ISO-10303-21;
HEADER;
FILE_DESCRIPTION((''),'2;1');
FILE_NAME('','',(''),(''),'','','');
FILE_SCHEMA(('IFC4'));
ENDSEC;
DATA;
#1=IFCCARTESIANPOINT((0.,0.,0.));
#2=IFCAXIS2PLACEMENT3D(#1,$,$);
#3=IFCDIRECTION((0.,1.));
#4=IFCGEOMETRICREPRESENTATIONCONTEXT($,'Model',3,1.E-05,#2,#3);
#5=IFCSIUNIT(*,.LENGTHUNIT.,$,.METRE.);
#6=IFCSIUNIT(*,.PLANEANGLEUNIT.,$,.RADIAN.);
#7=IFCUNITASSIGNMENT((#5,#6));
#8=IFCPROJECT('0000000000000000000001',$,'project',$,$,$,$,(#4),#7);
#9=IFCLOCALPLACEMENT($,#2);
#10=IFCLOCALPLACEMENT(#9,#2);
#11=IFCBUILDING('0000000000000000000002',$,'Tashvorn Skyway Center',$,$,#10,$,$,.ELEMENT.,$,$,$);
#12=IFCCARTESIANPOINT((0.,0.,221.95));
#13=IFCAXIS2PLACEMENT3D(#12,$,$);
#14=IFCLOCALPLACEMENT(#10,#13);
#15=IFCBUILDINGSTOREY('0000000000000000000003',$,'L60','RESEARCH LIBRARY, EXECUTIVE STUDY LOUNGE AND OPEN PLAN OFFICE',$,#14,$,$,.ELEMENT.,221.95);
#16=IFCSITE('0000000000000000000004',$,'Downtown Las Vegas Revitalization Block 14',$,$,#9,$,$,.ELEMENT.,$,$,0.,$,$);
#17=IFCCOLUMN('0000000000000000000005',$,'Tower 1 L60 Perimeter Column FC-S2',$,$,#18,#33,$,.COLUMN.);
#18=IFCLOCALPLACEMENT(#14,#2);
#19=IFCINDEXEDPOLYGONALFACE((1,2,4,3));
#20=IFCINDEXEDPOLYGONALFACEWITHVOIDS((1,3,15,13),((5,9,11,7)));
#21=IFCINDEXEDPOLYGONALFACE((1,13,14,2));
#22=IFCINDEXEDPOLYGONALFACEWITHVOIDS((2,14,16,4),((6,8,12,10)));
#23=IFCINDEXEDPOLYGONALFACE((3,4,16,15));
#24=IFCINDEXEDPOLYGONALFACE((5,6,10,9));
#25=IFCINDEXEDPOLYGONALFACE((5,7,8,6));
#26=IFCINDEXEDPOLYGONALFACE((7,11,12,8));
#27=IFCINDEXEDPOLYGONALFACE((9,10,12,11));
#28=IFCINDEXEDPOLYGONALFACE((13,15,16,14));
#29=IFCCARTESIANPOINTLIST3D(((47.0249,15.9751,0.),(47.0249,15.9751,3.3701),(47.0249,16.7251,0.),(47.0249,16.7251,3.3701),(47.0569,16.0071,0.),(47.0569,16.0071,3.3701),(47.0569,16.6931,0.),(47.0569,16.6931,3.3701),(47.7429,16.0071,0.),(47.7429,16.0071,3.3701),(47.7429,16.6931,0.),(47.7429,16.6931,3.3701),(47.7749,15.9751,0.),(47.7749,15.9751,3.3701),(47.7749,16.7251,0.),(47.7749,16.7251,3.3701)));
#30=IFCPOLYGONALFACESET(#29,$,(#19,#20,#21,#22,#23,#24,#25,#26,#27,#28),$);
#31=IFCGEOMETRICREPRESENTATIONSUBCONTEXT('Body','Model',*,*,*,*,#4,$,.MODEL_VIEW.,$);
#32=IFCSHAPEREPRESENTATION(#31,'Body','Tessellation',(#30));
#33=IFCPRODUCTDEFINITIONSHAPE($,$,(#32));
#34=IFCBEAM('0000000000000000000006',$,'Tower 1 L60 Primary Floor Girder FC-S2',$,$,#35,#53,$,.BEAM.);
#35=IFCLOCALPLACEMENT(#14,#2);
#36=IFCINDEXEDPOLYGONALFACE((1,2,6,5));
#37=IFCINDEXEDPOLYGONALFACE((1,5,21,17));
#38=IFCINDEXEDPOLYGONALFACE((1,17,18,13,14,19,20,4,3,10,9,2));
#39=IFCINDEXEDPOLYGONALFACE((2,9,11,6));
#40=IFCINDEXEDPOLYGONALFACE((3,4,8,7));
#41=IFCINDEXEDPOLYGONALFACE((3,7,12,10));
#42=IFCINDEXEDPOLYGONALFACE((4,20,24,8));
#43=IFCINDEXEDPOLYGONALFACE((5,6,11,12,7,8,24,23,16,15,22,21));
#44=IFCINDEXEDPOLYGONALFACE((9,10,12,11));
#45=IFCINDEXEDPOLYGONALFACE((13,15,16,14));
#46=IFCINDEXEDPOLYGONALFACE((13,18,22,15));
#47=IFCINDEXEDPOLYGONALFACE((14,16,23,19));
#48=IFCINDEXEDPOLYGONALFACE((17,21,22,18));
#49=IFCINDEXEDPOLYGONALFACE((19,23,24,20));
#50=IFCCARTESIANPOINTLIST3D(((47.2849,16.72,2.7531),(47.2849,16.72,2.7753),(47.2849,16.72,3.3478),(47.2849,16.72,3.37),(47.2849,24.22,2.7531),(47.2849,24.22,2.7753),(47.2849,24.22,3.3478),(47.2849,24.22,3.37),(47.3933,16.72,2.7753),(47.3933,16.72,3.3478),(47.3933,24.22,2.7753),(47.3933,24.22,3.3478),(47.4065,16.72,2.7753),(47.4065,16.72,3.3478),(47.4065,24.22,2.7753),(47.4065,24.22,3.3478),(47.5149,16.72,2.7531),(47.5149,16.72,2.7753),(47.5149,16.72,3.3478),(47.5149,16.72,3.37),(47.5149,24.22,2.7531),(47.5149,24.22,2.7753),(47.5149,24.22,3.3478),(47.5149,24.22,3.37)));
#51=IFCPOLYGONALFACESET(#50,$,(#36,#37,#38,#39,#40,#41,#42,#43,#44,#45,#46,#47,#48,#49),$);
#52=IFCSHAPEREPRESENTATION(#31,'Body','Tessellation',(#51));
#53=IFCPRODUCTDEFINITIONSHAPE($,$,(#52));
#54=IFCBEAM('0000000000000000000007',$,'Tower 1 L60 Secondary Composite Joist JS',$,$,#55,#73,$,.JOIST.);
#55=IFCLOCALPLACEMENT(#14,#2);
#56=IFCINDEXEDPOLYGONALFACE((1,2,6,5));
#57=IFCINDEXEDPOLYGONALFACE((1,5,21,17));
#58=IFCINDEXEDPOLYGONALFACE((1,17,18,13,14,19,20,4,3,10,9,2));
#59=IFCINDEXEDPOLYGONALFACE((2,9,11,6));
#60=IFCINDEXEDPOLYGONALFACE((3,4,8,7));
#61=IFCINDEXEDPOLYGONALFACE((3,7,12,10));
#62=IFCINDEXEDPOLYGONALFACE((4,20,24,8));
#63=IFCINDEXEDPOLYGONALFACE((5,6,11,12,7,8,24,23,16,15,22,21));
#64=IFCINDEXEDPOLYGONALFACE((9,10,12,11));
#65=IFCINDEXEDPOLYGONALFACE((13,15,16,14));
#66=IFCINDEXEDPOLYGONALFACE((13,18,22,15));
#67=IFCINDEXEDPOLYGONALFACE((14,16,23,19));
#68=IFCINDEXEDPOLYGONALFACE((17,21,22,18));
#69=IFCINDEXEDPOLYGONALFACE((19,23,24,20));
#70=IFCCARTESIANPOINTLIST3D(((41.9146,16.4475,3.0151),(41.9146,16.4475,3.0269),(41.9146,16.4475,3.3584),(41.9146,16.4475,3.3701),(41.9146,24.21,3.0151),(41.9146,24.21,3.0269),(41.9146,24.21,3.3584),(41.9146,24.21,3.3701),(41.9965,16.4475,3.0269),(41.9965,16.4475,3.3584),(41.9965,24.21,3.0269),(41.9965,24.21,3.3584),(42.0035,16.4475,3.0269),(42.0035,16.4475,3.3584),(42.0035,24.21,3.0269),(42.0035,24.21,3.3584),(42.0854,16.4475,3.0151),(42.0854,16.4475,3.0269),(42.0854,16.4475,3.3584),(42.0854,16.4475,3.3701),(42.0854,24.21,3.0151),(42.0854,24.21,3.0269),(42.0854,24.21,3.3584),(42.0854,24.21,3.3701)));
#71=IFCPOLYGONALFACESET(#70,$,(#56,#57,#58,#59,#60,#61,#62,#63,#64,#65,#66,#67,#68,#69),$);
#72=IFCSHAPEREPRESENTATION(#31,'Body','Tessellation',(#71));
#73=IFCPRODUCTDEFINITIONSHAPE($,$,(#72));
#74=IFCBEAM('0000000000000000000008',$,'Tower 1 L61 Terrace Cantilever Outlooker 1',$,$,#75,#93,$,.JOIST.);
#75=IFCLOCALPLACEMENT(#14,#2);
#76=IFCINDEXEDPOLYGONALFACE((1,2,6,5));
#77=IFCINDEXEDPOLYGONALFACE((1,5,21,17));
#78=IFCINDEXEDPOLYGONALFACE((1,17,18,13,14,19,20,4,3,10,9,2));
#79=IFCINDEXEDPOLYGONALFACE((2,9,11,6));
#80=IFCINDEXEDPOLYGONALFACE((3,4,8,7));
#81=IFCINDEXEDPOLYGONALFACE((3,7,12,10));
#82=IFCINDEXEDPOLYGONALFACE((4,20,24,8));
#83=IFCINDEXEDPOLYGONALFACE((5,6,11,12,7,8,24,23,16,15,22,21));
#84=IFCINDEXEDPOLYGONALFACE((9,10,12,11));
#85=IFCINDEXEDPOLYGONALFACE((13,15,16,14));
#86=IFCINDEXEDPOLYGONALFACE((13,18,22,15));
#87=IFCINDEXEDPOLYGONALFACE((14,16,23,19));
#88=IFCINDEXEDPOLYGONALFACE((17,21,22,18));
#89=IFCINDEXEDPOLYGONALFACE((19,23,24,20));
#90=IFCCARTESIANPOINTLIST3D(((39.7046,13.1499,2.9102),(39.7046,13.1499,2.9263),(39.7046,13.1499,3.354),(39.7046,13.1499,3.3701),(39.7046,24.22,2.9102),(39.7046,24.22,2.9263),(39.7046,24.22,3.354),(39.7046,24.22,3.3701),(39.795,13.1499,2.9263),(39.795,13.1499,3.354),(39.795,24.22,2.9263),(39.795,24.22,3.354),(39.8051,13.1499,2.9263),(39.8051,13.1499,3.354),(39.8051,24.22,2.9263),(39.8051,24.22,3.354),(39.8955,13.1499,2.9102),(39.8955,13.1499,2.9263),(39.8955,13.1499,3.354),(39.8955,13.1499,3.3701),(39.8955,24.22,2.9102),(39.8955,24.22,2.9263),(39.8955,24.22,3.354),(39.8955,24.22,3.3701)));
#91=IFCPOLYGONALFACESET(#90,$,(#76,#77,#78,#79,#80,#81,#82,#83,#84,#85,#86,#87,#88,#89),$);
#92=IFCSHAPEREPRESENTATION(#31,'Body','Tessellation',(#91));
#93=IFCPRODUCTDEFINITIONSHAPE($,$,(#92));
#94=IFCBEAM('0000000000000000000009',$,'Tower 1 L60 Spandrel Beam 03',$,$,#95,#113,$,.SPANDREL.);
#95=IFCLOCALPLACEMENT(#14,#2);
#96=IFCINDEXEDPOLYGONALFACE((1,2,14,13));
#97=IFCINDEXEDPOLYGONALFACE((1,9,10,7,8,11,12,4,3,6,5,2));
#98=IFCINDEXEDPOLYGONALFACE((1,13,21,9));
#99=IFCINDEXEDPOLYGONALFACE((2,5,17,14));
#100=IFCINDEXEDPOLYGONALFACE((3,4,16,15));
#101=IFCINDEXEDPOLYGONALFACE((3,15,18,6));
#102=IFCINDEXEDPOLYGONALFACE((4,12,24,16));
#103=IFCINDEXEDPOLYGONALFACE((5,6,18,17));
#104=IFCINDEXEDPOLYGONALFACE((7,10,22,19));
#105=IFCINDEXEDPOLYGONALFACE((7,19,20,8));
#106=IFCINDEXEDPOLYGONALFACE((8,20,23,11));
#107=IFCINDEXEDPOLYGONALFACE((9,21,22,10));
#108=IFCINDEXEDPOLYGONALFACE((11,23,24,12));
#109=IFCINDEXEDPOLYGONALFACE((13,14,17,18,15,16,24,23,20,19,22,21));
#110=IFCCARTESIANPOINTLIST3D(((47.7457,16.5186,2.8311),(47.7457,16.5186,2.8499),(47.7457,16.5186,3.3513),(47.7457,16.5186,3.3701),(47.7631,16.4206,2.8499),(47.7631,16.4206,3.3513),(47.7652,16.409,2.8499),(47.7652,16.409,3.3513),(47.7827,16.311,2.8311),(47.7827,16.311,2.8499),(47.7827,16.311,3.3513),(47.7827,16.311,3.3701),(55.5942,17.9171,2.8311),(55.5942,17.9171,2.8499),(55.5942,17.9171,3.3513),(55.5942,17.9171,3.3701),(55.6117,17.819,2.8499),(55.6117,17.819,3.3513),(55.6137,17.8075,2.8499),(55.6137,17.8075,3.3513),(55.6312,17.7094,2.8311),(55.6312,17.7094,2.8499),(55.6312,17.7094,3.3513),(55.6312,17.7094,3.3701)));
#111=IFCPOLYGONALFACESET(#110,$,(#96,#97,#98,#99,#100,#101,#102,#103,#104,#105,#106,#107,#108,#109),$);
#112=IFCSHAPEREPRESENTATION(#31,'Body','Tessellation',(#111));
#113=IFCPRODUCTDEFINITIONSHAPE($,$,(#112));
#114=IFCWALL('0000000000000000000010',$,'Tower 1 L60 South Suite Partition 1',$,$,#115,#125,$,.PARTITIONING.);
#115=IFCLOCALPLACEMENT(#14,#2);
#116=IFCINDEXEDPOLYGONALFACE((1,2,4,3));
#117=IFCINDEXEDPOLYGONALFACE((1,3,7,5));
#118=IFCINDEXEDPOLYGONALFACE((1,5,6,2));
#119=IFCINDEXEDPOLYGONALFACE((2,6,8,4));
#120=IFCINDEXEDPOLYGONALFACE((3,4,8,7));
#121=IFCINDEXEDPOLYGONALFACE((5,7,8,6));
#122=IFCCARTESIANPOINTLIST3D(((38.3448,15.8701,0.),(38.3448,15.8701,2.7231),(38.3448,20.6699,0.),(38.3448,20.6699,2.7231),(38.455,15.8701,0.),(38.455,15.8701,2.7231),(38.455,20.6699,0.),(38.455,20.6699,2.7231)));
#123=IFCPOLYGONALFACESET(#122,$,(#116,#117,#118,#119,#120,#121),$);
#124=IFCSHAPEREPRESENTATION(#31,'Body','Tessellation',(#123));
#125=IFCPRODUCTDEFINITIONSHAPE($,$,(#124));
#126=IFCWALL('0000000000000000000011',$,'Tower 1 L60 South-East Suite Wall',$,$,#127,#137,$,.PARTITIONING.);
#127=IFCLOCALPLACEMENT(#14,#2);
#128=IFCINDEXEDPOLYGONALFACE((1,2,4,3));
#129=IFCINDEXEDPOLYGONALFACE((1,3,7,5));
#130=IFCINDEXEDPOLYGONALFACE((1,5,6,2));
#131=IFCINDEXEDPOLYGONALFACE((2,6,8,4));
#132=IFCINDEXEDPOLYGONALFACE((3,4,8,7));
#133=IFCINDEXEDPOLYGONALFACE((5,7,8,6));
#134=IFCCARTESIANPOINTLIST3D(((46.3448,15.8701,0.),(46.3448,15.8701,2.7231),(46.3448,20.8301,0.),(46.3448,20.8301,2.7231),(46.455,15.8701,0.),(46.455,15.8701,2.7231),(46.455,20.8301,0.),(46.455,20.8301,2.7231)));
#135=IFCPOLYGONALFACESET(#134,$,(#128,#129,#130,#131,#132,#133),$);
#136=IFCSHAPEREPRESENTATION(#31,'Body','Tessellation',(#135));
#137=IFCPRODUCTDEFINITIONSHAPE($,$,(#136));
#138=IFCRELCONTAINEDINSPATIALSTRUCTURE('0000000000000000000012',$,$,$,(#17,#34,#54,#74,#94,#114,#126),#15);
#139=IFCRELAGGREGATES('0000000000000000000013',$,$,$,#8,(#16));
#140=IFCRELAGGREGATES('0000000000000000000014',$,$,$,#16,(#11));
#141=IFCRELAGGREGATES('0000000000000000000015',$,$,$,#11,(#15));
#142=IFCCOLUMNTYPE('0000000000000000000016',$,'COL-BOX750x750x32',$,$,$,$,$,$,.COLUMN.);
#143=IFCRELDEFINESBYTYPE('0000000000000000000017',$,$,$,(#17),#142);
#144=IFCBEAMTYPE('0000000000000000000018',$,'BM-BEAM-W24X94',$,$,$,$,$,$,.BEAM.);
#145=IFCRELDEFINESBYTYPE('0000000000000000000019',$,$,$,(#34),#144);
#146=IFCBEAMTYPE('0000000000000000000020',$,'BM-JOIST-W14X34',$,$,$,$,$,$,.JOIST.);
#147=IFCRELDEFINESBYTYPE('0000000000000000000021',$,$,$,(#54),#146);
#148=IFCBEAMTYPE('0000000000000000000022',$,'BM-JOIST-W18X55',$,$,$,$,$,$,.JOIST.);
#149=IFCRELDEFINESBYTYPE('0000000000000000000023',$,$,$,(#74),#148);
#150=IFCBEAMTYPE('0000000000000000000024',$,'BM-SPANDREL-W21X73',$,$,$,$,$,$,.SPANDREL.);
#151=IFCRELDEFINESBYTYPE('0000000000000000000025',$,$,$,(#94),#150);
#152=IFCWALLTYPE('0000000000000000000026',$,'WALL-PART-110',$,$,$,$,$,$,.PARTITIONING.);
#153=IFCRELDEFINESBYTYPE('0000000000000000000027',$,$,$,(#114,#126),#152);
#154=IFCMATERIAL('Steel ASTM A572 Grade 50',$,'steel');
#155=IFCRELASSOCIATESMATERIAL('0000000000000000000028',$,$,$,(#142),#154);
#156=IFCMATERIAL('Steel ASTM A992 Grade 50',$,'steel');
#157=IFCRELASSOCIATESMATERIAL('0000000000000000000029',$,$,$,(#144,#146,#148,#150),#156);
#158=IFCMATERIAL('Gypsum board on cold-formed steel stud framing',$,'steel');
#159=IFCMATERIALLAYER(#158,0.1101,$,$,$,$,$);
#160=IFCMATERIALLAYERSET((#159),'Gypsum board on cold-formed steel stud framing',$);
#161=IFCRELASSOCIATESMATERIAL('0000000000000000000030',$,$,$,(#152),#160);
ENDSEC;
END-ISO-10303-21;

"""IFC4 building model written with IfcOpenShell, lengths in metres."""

from ifc_helpers import new_model, si_unit, direction, frame, frame_2d, origin, origin_2d, place, context, subcontext, project, spatial, rectangle, hollow_rectangle, i_section, extrude, material, layer, layer_set, material_profile, profile_set, type_object, element, save


model = new_model("IFC4")

# Units and contexts
model_context = context("Model", 3, precision=1e-05, world=origin(), true_north=direction((0.0, 1.0)))
body_context = subcontext(model_context, "Body", "Model", "MODEL_VIEW")
ifc_project = project(units=[si_unit("LENGTHUNIT", "METRE"), si_unit("PLANEANGLEUNIT", "RADIAN")], contexts=[model_context])

# Site, building, storey
site_placement = place(None, origin())
site = spatial("IfcSite", under=ifc_project, at=site_placement, Name="Downtown Las Vegas Revitalization Block 14", CompositionType="ELEMENT", RefElevation=0.0)
building_placement = place(site_placement, origin())
building = spatial("IfcBuilding", under=site, at=building_placement, Name="Tashvorn Skyway Center", CompositionType="ELEMENT")
storey_placement = place(building_placement, frame((0.0, 0.0, 221.95)))
storey = spatial("IfcBuildingStorey", under=building, at=storey_placement, Name="L60", Description="RESEARCH LIBRARY, EXECUTIVE STUDY LOUNGE AND OPEN PLAN OFFICE", CompositionType="ELEMENT", Elevation=221.95)

# Column
ifc_material_1 = material(Name="Steel ASTM A572 Grade 50", Category="steel")
ifc_material_profile_1 = material_profile(ifc_material_1, hollow_rectangle(XDim=0.75, YDim=0.75, WallThickness=0.032, at=origin_2d()), Name="BOX750x750x32")
ifc_profile_set_1 = profile_set([ifc_material_profile_1], Name="Steel ASTM A572 Grade 50")
column_type = type_object("IfcColumnType", Name="COL-BOX750x750x32", PredefinedType="COLUMN", material=ifc_profile_set_1)
column_placement = place(storey_placement, frame((47.3999, 16.3501, 0.0), z_axis=(0.0, 0.0, 1.0), x_axis=(1.0, 0.0, 0.0)))
element("IfcColumn", 1, at=column_placement, inside=storey, type_object=column_type, Name="Tower 1 L60 Perimeter Column FC-S2", PredefinedType="COLUMN", context=body_context, shape_type="SweptSolid", body=[
    extrude(hollow_rectangle(XDim=0.75, YDim=0.75, WallThickness=0.032, at=origin_2d()), origin(), (0.0, 0.0, 1.0), 3.3701),
])

# Beams
ifc_material_2 = material(Name="Steel ASTM A992 Grade 50", Category="steel")
ifc_material_profile_2 = material_profile(ifc_material_2, i_section(OverallWidth=0.23, OverallDepth=0.6169, WebThickness=0.0132, FlangeThickness=0.0222, at=origin_2d()), Name="W24X94")
ifc_profile_set_2 = profile_set([ifc_material_profile_2], Name="Steel ASTM A992 Grade 50")
beam_type_1 = type_object("IfcBeamType", Name="BM-BEAM-W24X94", PredefinedType="BEAM", material=ifc_profile_set_2)
beam_1_placement = place(storey_placement, frame((47.3999, 16.72, 3.0615), z_axis=(0.0, 1.0, 0.0), x_axis=(-1.0, 0.0, 0.0)))
element("IfcBeam", 2, at=beam_1_placement, inside=storey, type_object=beam_type_1, Name="Tower 1 L60 Primary Floor Girder FC-S2", PredefinedType="BEAM", context=body_context, shape_type="SweptSolid", body=[
    extrude(i_section(OverallWidth=0.23, OverallDepth=0.6169, WebThickness=0.0132, FlangeThickness=0.0222, at=origin_2d()), origin(), (0.0, 0.0, 1.0), 7.5),
])
ifc_material_profile_3 = material_profile(ifc_material_2, i_section(OverallWidth=0.1709, OverallDepth=0.355, WebThickness=0.0071, FlangeThickness=0.0117, at=origin_2d()), Name="W14X34")
ifc_profile_set_3 = profile_set([ifc_material_profile_3], Name="Steel ASTM A992 Grade 50")
beam_type_2 = type_object("IfcBeamType", Name="BM-JOIST-W14X34", PredefinedType="JOIST", material=ifc_profile_set_3)
beam_2_placement = place(storey_placement, frame((42.0, 24.21, 3.1926), z_axis=(0.0, -1.0, 0.0), x_axis=(1.0, 0.0, 0.0)))
element("IfcBeam", 3, at=beam_2_placement, inside=storey, type_object=beam_type_2, Name="Tower 1 L60 Secondary Composite Joist JS", PredefinedType="JOIST", context=body_context, shape_type="SweptSolid", body=[
    extrude(i_section(OverallWidth=0.1709, OverallDepth=0.355, WebThickness=0.0071, FlangeThickness=0.0117, at=origin_2d()), origin(), (0.0, 0.0, 1.0), 7.7625),
])
ifc_material_profile_4 = material_profile(ifc_material_2, i_section(OverallWidth=0.1909, OverallDepth=0.46, WebThickness=0.01, FlangeThickness=0.0161, at=origin_2d()), Name="W18X55")
ifc_profile_set_4 = profile_set([ifc_material_profile_4], Name="Steel ASTM A992 Grade 50")
beam_type_3 = type_object("IfcBeamType", Name="BM-JOIST-W18X55", PredefinedType="JOIST", material=ifc_profile_set_4)
beam_3_placement = place(storey_placement, frame((39.8, 24.22, 3.1401), z_axis=(0.0, -1.0, 0.0), x_axis=(1.0, 0.0, 0.0)))
element("IfcBeam", 4, at=beam_3_placement, inside=storey, type_object=beam_type_3, Name="Tower 1 L61 Terrace Cantilever Outlooker 1", PredefinedType="JOIST", context=body_context, shape_type="SweptSolid", body=[
    extrude(i_section(OverallWidth=0.1909, OverallDepth=0.46, WebThickness=0.01, FlangeThickness=0.0161, at=origin_2d()), origin(), (0.0, 0.0, 1.0), 11.0701),
])
ifc_material_profile_5 = material_profile(ifc_material_2, i_section(OverallWidth=0.2109, OverallDepth=0.5391, WebThickness=0.0117, FlangeThickness=0.0188, at=origin_2d()), Name="W21X73")
ifc_profile_set_5 = profile_set([ifc_material_profile_5], Name="Steel ASTM A992 Grade 50")
beam_type_4 = type_object("IfcBeamType", Name="BM-SPANDREL-W21X73", PredefinedType="SPANDREL", material=ifc_profile_set_5)
beam_4_placement = place(storey_placement, frame((47.7642, 16.4148, 3.1006), z_axis=(0.984495, 0.175413, 0.0), x_axis=(-0.175413, 0.984495, 0.0)))
element("IfcBeam", 5, at=beam_4_placement, inside=storey, type_object=beam_type_4, Name="Tower 1 L60 Spandrel Beam 03", PredefinedType="SPANDREL", context=body_context, shape_type="SweptSolid", body=[
    extrude(i_section(OverallWidth=0.2109, OverallDepth=0.5391, WebThickness=0.0117, FlangeThickness=0.0188, at=origin_2d()), origin(), (0.0, 0.0, 1.0), 7.9722),
])

# Walls
ifc_material_3 = material(Name="Gypsum board on cold-formed steel stud framing", Category="steel")
ifc_layer_1 = layer(ifc_material_3, 0.1101)
ifc_layer_set_1 = layer_set([ifc_layer_1], Name="Gypsum board on cold-formed steel stud framing")
wall_type_1 = type_object("IfcWallType", Name="WALL-PART-110", PredefinedType="PARTITIONING", material=ifc_layer_set_1)
wall_1_placement = place(storey_placement, frame((38.3999, 15.8701, 0.0), z_axis=(0.0, 0.0, 1.0), x_axis=(0.0, 1.0, 0.0)))
element("IfcWall", 6, at=wall_1_placement, inside=storey, type_object=wall_type_1, Name="Tower 1 L60 South Suite Partition 1", PredefinedType="PARTITIONING", context=body_context, shape_type="SweptSolid", body=[
    extrude(rectangle(XDim=4.7998, YDim=0.1101, at=frame_2d((2.3999, 0.0))), origin(), (0.0, 0.0, 1.0), 2.7231),
])
wall_2_placement = place(storey_placement, frame((46.3999, 15.8701, 0.0), z_axis=(0.0, 0.0, 1.0), x_axis=(0.0, 1.0, 0.0)))
element("IfcWall", 7, at=wall_2_placement, inside=storey, type_object=wall_type_1, Name="Tower 1 L60 South-East Suite Wall", PredefinedType="PARTITIONING", context=body_context, shape_type="SweptSolid", body=[
    extrude(rectangle(XDim=4.96, YDim=0.1101, at=frame_2d((2.48, 0.0))), origin(), (0.0, 0.0, 1.0), 2.7231),
])

save(model, "model.ifc")
